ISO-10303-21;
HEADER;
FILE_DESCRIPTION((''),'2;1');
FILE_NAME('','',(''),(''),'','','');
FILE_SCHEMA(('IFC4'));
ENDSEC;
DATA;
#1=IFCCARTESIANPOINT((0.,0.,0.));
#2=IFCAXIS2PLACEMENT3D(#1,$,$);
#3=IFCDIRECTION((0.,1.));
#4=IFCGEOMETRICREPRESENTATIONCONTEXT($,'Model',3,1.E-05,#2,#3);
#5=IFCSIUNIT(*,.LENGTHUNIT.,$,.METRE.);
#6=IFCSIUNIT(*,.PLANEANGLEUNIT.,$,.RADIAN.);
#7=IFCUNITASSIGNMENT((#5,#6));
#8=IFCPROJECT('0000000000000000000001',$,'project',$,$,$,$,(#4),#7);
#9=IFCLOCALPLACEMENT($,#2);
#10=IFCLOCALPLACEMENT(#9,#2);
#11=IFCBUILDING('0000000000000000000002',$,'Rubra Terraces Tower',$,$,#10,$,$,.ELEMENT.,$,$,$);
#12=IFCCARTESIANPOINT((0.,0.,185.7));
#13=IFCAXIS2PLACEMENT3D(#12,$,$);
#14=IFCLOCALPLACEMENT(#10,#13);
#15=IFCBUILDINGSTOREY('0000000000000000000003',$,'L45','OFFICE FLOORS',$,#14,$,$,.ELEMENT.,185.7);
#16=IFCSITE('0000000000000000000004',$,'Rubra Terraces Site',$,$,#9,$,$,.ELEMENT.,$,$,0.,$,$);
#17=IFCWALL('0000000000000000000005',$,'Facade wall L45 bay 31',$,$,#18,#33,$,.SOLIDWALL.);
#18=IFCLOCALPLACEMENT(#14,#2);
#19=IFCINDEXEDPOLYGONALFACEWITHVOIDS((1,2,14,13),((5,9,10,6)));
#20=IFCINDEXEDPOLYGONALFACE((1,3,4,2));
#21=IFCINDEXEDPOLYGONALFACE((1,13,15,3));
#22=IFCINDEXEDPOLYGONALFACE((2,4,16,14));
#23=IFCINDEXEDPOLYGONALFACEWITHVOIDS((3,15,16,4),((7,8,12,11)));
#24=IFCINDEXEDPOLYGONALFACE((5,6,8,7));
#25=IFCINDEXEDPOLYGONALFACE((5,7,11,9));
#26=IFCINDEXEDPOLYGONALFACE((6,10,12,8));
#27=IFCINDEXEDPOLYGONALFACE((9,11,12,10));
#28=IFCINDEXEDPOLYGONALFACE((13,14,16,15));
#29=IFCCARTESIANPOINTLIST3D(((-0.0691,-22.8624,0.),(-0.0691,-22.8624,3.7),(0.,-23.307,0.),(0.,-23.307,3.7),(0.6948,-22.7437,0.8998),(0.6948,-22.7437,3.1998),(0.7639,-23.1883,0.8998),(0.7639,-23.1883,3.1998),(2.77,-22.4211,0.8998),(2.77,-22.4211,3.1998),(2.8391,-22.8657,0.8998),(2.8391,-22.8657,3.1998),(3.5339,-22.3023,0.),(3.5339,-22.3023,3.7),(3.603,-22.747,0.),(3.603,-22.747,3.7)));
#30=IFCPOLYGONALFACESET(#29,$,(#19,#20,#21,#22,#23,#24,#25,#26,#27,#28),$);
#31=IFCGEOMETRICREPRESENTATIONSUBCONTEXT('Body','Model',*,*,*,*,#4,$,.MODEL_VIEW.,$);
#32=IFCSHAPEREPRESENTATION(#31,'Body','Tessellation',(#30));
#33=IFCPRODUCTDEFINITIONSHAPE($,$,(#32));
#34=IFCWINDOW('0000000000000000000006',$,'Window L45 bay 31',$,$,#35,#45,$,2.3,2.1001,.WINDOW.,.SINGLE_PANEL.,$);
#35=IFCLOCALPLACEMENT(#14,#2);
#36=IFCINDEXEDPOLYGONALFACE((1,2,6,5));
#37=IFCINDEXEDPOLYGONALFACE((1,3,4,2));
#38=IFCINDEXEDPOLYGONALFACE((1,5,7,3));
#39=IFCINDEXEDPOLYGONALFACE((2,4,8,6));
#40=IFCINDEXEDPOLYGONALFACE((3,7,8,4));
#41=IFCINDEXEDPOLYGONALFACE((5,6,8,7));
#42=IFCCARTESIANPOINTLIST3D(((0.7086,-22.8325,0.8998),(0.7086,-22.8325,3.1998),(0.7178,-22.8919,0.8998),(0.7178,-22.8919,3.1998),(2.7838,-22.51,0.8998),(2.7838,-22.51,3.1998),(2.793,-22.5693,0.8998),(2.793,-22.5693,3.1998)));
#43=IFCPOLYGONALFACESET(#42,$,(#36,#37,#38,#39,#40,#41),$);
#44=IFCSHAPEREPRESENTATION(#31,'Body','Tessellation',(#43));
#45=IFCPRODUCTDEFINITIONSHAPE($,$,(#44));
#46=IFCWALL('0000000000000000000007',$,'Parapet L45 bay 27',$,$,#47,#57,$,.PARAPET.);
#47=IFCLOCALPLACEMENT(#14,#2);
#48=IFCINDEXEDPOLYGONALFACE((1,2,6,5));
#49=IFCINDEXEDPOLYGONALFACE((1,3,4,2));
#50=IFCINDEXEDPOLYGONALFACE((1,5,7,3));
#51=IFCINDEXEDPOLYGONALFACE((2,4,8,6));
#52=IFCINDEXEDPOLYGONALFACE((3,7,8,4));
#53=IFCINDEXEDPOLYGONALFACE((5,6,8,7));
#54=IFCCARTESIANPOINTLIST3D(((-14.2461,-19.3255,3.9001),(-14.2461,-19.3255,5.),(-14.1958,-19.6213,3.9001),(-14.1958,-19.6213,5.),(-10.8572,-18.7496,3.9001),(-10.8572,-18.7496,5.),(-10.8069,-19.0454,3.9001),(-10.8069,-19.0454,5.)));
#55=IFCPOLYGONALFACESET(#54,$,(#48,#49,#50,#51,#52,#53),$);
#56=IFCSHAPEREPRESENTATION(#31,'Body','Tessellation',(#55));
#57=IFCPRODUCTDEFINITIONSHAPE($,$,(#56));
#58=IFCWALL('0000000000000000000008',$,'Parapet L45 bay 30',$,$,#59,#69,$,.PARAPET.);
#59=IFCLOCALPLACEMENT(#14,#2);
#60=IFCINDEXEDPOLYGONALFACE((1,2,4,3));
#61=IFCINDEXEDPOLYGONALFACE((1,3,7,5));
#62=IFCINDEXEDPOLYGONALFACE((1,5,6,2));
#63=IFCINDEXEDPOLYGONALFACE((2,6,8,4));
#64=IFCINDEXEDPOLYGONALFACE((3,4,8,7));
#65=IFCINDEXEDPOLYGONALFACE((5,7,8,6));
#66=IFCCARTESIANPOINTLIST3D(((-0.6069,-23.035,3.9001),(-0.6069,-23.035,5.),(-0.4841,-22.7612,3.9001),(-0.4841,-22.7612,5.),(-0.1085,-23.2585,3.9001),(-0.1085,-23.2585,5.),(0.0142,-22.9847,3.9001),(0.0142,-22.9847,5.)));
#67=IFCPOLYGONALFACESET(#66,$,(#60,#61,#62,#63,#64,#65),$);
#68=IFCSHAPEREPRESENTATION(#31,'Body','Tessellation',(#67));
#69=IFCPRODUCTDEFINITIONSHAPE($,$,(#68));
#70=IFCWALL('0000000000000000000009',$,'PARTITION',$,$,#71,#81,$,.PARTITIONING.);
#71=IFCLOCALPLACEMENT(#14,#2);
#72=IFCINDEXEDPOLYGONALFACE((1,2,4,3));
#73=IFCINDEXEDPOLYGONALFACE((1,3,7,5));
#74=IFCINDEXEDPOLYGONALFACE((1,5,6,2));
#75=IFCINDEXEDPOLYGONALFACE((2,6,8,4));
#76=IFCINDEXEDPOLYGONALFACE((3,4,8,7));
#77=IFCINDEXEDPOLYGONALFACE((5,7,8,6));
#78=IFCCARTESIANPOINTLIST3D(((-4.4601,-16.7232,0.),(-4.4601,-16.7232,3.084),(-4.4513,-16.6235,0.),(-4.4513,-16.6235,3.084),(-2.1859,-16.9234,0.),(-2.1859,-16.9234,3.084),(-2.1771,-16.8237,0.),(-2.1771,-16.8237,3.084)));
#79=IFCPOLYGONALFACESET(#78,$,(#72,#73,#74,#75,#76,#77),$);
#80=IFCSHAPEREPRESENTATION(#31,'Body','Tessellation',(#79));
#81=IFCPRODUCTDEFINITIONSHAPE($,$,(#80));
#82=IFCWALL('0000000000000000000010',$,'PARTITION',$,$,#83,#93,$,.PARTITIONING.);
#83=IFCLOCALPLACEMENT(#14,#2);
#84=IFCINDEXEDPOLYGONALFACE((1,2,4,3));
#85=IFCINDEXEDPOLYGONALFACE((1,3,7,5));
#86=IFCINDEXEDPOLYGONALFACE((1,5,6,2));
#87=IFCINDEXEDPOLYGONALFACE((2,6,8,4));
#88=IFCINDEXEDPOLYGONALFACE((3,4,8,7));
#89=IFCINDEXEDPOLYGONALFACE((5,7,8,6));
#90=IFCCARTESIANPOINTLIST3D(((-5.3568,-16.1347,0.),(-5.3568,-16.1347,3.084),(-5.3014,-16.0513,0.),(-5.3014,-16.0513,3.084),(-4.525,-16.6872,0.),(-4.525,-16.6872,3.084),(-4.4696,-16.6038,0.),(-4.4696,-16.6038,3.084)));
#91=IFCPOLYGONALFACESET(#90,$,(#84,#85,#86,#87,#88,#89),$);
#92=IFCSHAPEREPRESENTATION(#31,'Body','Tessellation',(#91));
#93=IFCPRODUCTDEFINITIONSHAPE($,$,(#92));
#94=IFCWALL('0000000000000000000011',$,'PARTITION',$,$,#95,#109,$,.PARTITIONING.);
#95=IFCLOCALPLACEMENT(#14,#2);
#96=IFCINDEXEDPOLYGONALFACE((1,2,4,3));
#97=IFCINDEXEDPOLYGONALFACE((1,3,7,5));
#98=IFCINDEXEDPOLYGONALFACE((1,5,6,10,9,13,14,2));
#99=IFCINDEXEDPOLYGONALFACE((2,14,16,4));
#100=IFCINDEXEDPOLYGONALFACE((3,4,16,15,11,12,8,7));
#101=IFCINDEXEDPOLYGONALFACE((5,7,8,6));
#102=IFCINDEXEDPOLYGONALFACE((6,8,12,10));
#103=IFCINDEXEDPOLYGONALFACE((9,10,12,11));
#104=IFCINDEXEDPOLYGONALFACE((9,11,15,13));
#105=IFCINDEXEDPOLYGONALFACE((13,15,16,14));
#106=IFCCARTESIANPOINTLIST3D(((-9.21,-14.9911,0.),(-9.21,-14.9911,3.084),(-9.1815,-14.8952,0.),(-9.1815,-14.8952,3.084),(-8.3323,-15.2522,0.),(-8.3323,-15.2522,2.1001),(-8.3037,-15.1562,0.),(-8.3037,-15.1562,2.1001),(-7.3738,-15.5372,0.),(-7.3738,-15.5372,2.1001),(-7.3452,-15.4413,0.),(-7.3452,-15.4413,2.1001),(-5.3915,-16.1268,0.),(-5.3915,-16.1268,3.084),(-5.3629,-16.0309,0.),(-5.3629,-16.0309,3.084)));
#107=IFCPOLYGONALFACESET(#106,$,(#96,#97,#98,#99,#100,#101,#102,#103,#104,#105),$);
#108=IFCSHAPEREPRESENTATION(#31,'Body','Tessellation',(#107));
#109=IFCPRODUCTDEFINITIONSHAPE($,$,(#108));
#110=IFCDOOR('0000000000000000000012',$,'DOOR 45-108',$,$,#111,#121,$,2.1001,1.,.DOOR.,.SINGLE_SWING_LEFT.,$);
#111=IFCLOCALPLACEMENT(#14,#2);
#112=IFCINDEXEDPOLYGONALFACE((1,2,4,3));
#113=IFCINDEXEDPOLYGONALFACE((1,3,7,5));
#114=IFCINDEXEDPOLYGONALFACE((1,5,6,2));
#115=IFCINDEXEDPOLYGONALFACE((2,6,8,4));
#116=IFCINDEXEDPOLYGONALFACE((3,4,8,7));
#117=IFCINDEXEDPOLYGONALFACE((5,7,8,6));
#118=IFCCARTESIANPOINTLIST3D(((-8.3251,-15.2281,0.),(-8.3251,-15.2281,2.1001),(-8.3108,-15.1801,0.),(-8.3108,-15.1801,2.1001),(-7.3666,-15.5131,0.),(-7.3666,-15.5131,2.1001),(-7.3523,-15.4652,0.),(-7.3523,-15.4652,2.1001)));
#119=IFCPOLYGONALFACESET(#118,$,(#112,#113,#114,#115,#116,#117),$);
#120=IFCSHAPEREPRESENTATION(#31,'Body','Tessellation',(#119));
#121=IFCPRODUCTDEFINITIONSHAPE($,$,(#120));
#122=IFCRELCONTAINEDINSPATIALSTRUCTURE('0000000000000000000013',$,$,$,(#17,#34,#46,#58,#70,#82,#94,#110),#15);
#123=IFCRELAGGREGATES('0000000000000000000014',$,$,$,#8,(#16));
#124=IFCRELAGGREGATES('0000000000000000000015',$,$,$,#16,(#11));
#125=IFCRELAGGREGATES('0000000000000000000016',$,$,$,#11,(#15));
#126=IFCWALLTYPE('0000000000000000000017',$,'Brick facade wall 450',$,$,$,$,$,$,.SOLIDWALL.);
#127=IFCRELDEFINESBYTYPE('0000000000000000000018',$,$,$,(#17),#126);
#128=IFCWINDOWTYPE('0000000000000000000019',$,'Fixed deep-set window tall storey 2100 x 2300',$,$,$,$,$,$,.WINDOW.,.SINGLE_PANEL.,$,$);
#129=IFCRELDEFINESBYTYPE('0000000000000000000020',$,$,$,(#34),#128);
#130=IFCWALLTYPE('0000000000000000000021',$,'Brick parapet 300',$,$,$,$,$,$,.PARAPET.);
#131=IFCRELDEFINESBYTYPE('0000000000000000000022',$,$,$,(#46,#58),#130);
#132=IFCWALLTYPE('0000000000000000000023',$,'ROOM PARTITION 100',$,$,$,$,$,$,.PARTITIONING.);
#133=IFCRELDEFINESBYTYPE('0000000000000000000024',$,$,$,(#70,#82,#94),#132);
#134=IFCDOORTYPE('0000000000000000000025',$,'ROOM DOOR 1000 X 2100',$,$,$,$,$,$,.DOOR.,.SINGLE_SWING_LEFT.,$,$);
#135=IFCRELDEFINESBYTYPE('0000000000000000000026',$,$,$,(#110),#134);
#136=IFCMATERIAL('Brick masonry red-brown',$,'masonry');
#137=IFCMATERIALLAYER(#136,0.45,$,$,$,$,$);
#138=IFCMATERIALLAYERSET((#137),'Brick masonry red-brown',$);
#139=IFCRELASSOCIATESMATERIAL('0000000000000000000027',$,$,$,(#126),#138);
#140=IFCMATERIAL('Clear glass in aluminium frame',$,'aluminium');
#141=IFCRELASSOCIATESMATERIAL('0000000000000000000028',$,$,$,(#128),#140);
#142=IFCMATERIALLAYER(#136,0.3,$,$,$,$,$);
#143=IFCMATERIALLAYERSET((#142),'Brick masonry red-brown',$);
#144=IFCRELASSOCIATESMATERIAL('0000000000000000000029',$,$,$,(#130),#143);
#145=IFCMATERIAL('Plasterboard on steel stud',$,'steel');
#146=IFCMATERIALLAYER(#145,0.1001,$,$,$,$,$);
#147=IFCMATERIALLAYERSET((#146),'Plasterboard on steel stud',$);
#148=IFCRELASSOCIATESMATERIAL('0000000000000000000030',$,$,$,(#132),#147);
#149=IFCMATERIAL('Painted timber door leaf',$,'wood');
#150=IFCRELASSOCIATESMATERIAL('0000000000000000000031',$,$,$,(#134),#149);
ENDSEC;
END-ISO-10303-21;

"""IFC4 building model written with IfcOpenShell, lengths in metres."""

from ifc_helpers import new_model, si_unit, direction, frame, frame_2d, origin, place, context, subcontext, project, spatial, rectangle, extrude, material, layer, layer_set, type_object, element, fill, save


model = new_model("IFC4")

# Units and contexts
model_context = context("Model", 3, precision=1e-05, world=origin(), true_north=direction((0.0, 1.0)))
body_context = subcontext(model_context, "Body", "Model", "MODEL_VIEW")
ifc_project = project(units=[si_unit("LENGTHUNIT", "METRE"), si_unit("PLANEANGLEUNIT", "RADIAN")], contexts=[model_context])

# Site, building, storey
site_placement = place(None, origin())
site = spatial("IfcSite", under=ifc_project, at=site_placement, Name="Rubra Terraces Site", CompositionType="ELEMENT", RefElevation=0.0)
building_placement = place(site_placement, origin())
building = spatial("IfcBuilding", under=site, at=building_placement, Name="Rubra Terraces Tower", CompositionType="ELEMENT")
storey_placement = place(building_placement, frame((0.0, 0.0, 185.7)))
storey = spatial("IfcBuildingStorey", under=building, at=storey_placement, Name="L45", Description="OFFICE FLOORS", CompositionType="ELEMENT", Elevation=185.7)

# Wall, opening, window
ifc_material_1 = material(Name="Brick masonry red-brown", Category="masonry")
ifc_layer_1 = layer(ifc_material_1, 0.45)
ifc_layer_set_1 = layer_set([ifc_layer_1], Name="Brick masonry red-brown")
wall_type_1 = type_object("IfcWallType", Name="Brick facade wall 450", PredefinedType="SOLIDWALL", material=ifc_layer_set_1)
ifc_material_2 = material(Name="Clear glass in aluminium frame", Category="aluminium")
window_type = type_object("IfcWindowType", Name="Fixed deep-set window tall storey 2100 x 2300", PartitioningType="SINGLE_PANEL", PredefinedType="WINDOW", material=ifc_material_2)
wall_1_placement = place(storey_placement, frame((-0.0347, -23.0847, 0.0), z_axis=(0.0, 0.0, 1.0), x_axis=(0.988134, 0.153597, 0.0)))
wall_1 = element("IfcWall", 1, at=wall_1_placement, inside=storey, type_object=wall_type_1, Name="Facade wall L45 bay 31", PredefinedType="SOLIDWALL", context=body_context, shape_type="SweptSolid", body=[
    extrude(rectangle(XDim=3.6462, YDim=0.45, at=frame_2d((1.8232, 0.0))), origin(), (0.0, 0.0, 1.0), 3.7),
])
opening_1_placement = place(wall_1_placement, frame((0.7732, 0.0, 0.8999)))
opening_1 = element("IfcOpeningElement", 2, at=opening_1_placement, cuts=wall_1, PredefinedType="OPENING", context=body_context, shape_type="SweptSolid", body=[
    extrude(rectangle(XDim=2.1001, YDim=2.3, at=frame_2d((1.05, 1.1499))), frame((0.0, 0.2349, 0.0), z_axis=(0.0, -1.0, 0.0), x_axis=(1.0, 0.0, 0.0)), (0.0, 0.0, 1.0), 0.47),
])
window_1_placement = place(opening_1_placement, origin())
window_1 = element("IfcWindow", 3, at=window_1_placement, inside=storey, type_object=window_type, Name="Window L45 bay 31", OverallHeight=2.3, OverallWidth=2.1001, PartitioningType="SINGLE_PANEL", PredefinedType="WINDOW", context=body_context, shape_type="SweptSolid", body=[
    extrude(rectangle(XDim=2.1001, YDim=2.3, at=frame_2d((1.05, 1.1499))), frame((0.0, 0.135, 0.0), z_axis=(0.0, -1.0, 0.0), x_axis=(1.0, 0.0, 0.0)), (0.0, 0.0, 1.0), 0.0601),
])
fill(opening_1, window_1)

# Walls
ifc_layer_2 = layer(ifc_material_1, 0.3)
ifc_layer_set_2 = layer_set([ifc_layer_2], Name="Brick masonry red-brown")
wall_type_2 = type_object("IfcWallType", Name="Brick parapet 300", PredefinedType="PARAPET", material=ifc_layer_set_2)
wall_2_placement = place(storey_placement, frame((-14.2209, -19.4734, 3.9001), z_axis=(0.0, 0.0, 1.0), x_axis=(0.985865, 0.167542, 0.0)))
element("IfcWall", 4, at=wall_2_placement, inside=storey, type_object=wall_type_2, Name="Parapet L45 bay 27", PredefinedType="PARAPET", context=body_context, shape_type="SweptSolid", body=[
    extrude(rectangle(XDim=3.4375, YDim=0.3, at=frame_2d((1.7188, 0.0))), origin(), (0.0, 0.0, 1.0), 1.0999),
])
wall_3_placement = place(storey_placement, frame((-0.5454, -22.8982, 3.9001), z_axis=(0.0, 0.0, 1.0), x_axis=(0.912498, -0.409082, 0.0)))
element("IfcWall", 5, at=wall_3_placement, inside=storey, type_object=wall_type_2, Name="Parapet L45 bay 30", PredefinedType="PARAPET", context=body_context, shape_type="SweptSolid", body=[
    extrude(rectangle(XDim=0.5461, YDim=0.3, at=frame_2d((0.2729, 0.0))), origin(), (0.0, 0.0, 1.0), 1.0999),
])
ifc_material_3 = material(Name="Plasterboard on steel stud", Category="steel")
ifc_layer_3 = layer(ifc_material_3, 0.1001)
ifc_layer_set_3 = layer_set([ifc_layer_3], Name="Plasterboard on steel stud")
wall_type_3 = type_object("IfcWallType", Name="ROOM PARTITION 100", PredefinedType="PARTITIONING", material=ifc_layer_set_3)
wall_4_placement = place(storey_placement, frame((-2.1814, -16.8735, 0.0), z_axis=(0.0, 0.0, 1.0), x_axis=(-0.996148, 0.087691, 0.0)))
element("IfcWall", 6, at=wall_4_placement, inside=storey, type_object=wall_type_3, Name="PARTITION", PredefinedType="PARTITIONING", context=body_context, shape_type="SweptSolid", body=[
    extrude(rectangle(XDim=2.283, YDim=0.1001, at=frame_2d((1.1416, 0.0))), origin(), (0.0, 0.0, 1.0), 3.084),
])
wall_5_placement = place(storey_placement, frame((-4.4973, -16.6455, 0.0), z_axis=(0.0, 0.0, 1.0), x_axis=(-0.832989, 0.553289, 0.0)))
element("IfcWall", 7, at=wall_5_placement, inside=storey, type_object=wall_type_3, Name="PARTITION", PredefinedType="PARTITIONING", context=body_context, shape_type="SweptSolid", body=[
    extrude(rectangle(XDim=0.9985, YDim=0.1001, at=frame_2d((0.4993, 0.0))), origin(), (0.0, 0.0, 1.0), 3.084),
])

# Wall, opening, door
wall_6_placement = place(storey_placement, frame((-5.3772, -16.0789, 0.0), z_axis=(0.0, 0.0, 1.0), x_axis=(-0.958503, 0.285081, 0.0)))
wall_6 = element("IfcWall", 8, at=wall_6_placement, inside=storey, type_object=wall_type_3, Name="PARTITION", PredefinedType="PARTITIONING", context=body_context, shape_type="SweptSolid", body=[
    extrude(rectangle(XDim=3.9839, YDim=0.1001, at=frame_2d((1.9919, 0.0))), origin(), (0.0, 0.0, 1.0), 3.084),
])
opening_2_placement = place(wall_6_placement, frame((2.0681, 0.0, 0.0)))
opening_2 = element("IfcOpeningElement", 9, at=opening_2_placement, cuts=wall_6, PredefinedType="OPENING", context=body_context, shape_type="SweptSolid", body=[
    extrude(rectangle(XDim=1.0, YDim=2.1001, at=frame_2d((0.5, 1.05))), frame((0.0, 0.0601, 0.0), z_axis=(0.0, -1.0, 0.0), x_axis=(1.0, 0.0, 0.0)), (0.0, 0.0, 1.0), 0.1201),
])
ifc_material_4 = material(Name="Painted timber door leaf", Category="wood")
door_type = type_object("IfcDoorType", Name="ROOM DOOR 1000 X 2100", OperationType="SINGLE_SWING_LEFT", PredefinedType="DOOR", material=ifc_material_4)
door_placement = place(opening_2_placement, origin())
door = element("IfcDoor", 10, at=door_placement, inside=storey, type_object=door_type, Name="DOOR 45-108", OperationType="SINGLE_SWING_LEFT", OverallHeight=2.1001, OverallWidth=1.0, PredefinedType="DOOR", context=body_context, shape_type="SweptSolid", body=[
    extrude(rectangle(XDim=1.0, YDim=2.1001, at=frame_2d((0.5, 1.05))), frame((0.0, 0.0249, 0.0), z_axis=(0.0, -1.0, 0.0), x_axis=(1.0, 0.0, 0.0)), (0.0, 0.0, 1.0), 0.05),
])
fill(opening_2, door)

save(model, "model.ifc")
